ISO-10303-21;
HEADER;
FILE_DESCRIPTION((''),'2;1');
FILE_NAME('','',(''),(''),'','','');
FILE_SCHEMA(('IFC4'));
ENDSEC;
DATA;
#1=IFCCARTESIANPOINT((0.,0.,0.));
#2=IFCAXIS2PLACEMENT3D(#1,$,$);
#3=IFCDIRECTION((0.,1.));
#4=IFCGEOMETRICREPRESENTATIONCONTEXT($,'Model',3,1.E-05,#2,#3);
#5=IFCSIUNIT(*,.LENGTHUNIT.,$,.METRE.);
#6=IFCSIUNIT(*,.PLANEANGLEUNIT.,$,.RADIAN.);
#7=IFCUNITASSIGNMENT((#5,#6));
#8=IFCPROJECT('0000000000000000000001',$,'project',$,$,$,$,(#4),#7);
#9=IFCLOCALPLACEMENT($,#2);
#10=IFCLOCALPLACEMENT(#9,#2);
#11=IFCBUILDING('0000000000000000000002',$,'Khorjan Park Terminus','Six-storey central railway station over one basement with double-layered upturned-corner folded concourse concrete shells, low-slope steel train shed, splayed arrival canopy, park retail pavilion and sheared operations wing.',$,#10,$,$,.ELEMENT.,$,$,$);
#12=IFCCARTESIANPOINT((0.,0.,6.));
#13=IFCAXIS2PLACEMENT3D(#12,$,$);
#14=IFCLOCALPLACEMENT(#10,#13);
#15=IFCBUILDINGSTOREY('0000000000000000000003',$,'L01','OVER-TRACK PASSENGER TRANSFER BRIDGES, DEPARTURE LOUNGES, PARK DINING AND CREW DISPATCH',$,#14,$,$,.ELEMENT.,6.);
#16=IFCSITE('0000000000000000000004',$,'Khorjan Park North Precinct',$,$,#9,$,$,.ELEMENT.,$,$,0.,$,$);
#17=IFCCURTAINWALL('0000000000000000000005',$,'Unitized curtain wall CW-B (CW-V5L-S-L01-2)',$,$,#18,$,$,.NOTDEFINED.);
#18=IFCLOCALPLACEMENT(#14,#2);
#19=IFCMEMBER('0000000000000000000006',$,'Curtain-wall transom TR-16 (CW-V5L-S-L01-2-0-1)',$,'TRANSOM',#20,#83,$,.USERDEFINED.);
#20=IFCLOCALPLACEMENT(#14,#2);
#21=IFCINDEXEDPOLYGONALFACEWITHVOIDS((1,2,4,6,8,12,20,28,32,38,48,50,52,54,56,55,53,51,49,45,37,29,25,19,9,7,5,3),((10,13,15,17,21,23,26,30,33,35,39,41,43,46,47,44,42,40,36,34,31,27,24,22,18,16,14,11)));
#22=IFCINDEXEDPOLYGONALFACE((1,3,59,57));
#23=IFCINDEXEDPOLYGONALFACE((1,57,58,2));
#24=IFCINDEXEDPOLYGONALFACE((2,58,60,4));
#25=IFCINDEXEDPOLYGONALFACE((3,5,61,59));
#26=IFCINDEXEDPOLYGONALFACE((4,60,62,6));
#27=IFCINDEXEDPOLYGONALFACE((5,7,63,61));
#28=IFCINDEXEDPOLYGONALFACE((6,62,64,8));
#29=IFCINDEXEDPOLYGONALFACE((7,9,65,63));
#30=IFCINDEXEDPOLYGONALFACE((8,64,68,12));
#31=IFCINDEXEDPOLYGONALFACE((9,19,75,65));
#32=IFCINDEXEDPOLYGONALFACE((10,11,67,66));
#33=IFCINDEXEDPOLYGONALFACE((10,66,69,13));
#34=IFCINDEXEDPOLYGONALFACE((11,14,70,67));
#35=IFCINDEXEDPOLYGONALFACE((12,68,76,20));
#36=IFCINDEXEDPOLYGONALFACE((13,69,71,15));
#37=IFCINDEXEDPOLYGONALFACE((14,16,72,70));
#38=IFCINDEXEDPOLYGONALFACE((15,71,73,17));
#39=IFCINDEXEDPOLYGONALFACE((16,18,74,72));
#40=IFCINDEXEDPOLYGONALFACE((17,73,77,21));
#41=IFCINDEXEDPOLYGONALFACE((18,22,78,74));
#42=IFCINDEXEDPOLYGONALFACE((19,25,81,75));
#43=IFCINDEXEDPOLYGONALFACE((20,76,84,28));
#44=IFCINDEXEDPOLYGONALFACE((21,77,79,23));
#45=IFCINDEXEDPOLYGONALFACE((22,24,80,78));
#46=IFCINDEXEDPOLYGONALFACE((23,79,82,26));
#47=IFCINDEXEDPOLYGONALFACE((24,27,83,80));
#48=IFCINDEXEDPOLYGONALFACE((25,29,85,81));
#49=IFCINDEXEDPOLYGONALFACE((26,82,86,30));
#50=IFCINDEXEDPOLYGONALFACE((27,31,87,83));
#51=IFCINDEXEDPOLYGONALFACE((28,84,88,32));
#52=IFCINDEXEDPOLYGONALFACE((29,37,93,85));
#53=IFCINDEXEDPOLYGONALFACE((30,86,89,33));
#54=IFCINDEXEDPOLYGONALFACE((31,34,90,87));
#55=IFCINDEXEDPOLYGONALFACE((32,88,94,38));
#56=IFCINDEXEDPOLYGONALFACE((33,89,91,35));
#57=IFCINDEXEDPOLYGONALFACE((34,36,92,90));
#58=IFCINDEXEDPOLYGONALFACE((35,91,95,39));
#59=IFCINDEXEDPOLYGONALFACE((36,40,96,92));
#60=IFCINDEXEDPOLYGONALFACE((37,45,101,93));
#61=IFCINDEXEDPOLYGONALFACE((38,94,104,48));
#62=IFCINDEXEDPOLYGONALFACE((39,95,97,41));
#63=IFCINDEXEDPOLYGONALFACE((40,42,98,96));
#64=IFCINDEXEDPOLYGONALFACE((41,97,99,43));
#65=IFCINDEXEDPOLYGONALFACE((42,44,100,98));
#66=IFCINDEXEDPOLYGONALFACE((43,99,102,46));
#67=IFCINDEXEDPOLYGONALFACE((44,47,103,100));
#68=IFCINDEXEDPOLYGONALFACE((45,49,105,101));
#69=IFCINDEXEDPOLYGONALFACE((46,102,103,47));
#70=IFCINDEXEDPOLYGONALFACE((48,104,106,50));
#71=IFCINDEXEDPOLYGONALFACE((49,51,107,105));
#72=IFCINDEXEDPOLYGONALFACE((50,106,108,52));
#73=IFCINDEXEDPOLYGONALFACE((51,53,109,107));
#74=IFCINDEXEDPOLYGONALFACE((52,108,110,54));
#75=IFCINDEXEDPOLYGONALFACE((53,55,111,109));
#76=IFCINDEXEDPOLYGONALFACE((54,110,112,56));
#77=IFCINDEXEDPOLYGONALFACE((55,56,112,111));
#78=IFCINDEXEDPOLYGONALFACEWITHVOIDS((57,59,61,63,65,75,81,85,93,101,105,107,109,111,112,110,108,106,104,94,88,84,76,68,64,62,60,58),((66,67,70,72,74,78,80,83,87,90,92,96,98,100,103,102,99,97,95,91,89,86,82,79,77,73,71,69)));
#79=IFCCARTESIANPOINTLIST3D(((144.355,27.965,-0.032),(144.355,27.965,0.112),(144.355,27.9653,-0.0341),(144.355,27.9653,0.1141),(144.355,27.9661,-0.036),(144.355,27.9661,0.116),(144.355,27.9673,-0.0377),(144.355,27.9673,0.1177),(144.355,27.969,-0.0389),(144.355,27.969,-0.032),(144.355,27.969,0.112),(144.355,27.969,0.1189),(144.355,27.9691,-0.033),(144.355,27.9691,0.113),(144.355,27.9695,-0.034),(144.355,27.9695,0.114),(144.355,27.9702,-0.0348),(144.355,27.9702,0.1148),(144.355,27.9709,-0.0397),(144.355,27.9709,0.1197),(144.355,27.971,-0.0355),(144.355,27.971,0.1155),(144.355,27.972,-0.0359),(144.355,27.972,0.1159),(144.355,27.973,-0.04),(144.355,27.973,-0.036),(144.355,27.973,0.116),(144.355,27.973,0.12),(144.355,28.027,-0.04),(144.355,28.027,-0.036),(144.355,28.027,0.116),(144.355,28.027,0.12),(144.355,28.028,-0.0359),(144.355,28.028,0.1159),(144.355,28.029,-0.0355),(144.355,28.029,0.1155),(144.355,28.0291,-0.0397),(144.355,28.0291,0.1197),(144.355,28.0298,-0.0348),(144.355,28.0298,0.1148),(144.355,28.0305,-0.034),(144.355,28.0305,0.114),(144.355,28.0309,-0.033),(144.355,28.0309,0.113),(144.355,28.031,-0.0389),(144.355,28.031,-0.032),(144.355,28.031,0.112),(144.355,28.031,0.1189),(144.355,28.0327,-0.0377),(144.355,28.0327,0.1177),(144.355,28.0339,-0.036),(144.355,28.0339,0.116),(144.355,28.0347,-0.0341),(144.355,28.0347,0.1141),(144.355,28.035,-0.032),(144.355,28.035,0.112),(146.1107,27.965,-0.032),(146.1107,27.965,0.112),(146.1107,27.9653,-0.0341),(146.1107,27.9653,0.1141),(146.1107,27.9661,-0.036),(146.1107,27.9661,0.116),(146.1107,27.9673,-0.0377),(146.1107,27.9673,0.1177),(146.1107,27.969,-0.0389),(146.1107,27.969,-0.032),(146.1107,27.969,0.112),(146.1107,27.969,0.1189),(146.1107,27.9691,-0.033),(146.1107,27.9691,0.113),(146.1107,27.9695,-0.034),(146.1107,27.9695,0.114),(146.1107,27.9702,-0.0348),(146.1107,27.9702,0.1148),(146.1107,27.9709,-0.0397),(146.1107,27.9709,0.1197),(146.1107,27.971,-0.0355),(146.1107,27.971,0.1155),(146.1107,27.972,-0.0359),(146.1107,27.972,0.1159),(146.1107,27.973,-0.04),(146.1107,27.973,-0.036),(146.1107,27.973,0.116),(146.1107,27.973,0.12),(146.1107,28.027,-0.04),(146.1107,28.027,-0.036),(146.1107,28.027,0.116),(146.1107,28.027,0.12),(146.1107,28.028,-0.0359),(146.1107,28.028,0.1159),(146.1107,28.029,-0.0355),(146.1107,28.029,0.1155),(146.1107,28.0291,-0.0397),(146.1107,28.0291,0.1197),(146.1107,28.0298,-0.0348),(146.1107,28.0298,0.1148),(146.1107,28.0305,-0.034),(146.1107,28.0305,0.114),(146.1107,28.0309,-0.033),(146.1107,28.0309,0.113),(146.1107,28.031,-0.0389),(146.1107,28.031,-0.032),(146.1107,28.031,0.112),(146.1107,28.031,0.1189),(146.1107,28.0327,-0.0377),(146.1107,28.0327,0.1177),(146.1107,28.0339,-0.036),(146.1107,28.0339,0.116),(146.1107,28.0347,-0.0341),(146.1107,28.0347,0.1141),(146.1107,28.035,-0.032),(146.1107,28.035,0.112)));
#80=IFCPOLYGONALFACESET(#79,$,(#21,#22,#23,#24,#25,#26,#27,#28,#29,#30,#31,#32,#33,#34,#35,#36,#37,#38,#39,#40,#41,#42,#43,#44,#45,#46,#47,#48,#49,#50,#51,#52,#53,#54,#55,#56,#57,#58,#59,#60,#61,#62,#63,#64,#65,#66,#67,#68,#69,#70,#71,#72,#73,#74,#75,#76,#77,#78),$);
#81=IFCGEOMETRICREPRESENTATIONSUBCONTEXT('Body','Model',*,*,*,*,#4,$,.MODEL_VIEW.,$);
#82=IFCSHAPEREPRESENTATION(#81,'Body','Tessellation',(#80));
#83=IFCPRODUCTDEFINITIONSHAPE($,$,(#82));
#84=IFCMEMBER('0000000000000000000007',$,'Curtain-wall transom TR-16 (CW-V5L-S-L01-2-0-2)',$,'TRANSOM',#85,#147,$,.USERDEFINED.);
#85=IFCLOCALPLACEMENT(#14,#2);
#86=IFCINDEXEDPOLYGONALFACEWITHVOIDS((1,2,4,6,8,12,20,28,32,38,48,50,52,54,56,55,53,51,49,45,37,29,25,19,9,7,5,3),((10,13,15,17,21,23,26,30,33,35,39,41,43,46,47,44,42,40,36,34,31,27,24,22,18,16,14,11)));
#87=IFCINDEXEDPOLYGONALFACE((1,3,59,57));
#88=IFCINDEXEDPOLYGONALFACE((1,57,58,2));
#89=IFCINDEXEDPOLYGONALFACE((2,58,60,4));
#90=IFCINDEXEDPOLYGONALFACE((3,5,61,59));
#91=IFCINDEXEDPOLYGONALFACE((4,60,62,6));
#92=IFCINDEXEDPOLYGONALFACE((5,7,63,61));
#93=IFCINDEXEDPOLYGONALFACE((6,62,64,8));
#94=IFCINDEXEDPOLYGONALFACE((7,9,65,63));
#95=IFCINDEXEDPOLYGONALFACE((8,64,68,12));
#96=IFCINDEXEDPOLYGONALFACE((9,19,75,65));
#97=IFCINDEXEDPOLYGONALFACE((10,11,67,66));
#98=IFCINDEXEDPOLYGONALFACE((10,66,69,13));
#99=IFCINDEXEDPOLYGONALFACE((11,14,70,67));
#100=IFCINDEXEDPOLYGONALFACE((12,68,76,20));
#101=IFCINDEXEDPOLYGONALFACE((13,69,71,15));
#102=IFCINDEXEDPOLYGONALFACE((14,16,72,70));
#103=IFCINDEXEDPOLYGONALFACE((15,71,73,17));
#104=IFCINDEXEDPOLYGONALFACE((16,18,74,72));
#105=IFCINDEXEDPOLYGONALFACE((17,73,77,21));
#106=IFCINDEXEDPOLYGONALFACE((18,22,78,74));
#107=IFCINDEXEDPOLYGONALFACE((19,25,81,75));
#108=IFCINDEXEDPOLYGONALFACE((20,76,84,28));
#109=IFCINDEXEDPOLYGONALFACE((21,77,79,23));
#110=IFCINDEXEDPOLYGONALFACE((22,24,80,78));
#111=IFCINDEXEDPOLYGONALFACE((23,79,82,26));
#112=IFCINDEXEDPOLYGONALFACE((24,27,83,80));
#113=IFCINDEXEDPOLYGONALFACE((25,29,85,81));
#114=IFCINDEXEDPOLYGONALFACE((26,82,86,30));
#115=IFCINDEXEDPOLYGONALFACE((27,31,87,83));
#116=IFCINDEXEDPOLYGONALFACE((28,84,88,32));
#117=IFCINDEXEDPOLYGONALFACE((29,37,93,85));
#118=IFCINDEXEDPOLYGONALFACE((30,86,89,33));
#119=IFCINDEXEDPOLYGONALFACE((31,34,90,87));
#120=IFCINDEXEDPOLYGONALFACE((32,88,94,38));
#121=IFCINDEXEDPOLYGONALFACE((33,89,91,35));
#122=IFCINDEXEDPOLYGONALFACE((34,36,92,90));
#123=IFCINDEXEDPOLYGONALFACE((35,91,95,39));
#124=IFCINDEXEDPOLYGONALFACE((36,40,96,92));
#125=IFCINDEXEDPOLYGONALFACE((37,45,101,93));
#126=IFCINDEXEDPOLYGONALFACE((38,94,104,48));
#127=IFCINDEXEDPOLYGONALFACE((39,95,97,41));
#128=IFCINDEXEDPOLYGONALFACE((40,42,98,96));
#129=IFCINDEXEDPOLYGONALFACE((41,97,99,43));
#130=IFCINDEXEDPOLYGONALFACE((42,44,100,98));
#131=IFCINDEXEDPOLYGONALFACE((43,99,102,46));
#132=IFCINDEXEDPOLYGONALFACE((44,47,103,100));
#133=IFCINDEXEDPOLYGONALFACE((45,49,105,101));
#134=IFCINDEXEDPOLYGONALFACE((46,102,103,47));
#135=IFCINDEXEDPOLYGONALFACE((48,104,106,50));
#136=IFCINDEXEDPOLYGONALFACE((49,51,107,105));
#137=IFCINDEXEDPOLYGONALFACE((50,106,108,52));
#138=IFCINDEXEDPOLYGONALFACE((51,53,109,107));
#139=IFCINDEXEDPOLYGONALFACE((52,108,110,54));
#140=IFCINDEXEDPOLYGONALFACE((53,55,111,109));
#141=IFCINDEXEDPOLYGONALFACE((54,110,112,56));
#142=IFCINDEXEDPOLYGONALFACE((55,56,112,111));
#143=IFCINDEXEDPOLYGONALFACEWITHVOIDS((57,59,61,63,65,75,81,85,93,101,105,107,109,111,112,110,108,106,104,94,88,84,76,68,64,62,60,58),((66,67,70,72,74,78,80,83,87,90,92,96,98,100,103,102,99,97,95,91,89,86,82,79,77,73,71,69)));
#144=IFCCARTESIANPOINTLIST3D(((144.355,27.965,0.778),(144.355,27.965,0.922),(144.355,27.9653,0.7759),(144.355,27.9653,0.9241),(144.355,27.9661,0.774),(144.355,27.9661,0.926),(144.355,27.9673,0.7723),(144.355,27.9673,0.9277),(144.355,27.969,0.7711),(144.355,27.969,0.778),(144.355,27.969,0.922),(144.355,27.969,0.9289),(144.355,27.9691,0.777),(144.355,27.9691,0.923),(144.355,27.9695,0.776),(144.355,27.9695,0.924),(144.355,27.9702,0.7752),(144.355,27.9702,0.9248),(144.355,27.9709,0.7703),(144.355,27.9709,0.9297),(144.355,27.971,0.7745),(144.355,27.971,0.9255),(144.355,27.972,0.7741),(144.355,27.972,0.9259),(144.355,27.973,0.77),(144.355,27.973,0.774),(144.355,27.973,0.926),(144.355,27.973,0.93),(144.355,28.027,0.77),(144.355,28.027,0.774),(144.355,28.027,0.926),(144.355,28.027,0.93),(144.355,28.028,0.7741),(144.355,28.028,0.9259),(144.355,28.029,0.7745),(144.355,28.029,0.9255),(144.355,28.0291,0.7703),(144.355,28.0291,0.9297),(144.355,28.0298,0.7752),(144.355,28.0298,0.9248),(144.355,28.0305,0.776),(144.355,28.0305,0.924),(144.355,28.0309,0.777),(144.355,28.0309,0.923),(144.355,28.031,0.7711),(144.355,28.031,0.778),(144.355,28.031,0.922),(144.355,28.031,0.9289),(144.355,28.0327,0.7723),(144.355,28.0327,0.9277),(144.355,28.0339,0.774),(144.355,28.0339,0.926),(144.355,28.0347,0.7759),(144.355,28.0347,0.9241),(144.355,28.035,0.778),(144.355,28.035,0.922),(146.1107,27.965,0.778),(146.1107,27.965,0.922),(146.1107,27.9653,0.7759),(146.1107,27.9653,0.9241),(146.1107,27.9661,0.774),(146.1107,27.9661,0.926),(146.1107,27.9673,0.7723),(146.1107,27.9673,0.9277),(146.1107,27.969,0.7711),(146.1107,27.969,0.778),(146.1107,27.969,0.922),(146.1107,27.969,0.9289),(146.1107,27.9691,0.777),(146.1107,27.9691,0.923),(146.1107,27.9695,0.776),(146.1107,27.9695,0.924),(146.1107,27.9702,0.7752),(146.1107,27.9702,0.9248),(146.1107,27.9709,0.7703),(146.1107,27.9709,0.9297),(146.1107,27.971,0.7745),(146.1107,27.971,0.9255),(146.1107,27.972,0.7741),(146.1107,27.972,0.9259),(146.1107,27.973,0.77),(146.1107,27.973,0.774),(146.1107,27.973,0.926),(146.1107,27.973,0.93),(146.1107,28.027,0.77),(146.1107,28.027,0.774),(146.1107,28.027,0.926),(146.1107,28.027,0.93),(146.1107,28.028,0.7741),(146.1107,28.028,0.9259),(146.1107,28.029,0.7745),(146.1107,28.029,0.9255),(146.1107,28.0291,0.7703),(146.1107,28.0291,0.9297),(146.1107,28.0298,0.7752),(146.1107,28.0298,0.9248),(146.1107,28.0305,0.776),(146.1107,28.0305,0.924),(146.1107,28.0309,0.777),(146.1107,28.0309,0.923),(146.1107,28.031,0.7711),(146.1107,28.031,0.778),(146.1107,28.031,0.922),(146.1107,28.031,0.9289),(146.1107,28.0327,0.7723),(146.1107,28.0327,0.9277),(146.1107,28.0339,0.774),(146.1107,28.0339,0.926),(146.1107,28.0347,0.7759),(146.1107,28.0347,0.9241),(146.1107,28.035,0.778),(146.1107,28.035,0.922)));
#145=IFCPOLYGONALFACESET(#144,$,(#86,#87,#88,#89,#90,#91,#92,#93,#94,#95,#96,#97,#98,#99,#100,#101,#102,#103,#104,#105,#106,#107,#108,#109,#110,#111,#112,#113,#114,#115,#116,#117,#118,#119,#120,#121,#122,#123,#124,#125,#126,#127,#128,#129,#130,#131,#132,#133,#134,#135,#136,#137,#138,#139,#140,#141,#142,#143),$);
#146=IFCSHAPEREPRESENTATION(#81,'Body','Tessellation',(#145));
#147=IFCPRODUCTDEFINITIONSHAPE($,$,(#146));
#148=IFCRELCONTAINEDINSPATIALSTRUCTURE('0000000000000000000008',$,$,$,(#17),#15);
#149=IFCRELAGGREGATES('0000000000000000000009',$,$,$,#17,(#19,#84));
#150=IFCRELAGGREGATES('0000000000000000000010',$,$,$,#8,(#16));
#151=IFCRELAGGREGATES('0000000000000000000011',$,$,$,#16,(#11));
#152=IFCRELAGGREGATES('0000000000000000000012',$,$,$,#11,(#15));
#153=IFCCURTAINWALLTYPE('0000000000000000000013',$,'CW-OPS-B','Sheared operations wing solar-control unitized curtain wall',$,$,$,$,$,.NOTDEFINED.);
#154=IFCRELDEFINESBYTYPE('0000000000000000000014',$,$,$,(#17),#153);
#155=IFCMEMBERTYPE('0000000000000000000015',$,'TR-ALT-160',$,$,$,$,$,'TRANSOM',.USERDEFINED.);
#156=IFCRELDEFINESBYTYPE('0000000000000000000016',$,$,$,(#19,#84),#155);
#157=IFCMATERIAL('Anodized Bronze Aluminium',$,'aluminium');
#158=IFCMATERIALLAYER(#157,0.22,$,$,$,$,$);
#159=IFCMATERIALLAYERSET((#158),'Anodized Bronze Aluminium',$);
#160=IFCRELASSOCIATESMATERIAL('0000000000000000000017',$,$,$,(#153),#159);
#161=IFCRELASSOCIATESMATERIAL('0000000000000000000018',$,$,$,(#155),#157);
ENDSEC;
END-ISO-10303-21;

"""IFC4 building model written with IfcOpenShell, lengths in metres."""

from ifc_helpers import new_model, si_unit, direction, frame, origin, origin_2d, place, context, subcontext, project, spatial, hollow_rectangle, extrude, material, layer, layer_set, material_profile, profile_set, type_object, element, aggregate, save


model = new_model("IFC4")

# Units and contexts
model_context = context("Model", 3, precision=1e-05, world=origin(), true_north=direction((0.0, 1.0)))
body_context = subcontext(model_context, "Body", "Model", "MODEL_VIEW")
ifc_project = project(units=[si_unit("LENGTHUNIT", "METRE"), si_unit("PLANEANGLEUNIT", "RADIAN")], contexts=[model_context])

# Site, building, storey
site_placement = place(None, origin())
site = spatial("IfcSite", under=ifc_project, at=site_placement, Name="Khorjan Park North Precinct", CompositionType="ELEMENT", RefElevation=0.0)
building_placement = place(site_placement, origin())
building = spatial("IfcBuilding", under=site, at=building_placement, Name="Khorjan Park Terminus", Description="Six-storey central railway station over one basement with double-layered upturned-corner folded concourse concrete shells, low-slope steel train shed, splayed arrival canopy, park retail pavilion and sheared operations wing.", CompositionType="ELEMENT")
storey_placement = place(building_placement, frame((0.0, 0.0, 6.0)))
storey = spatial("IfcBuildingStorey", under=building, at=storey_placement, Name="L01", Description="OVER-TRACK PASSENGER TRANSFER BRIDGES, DEPARTURE LOUNGES, PARK DINING AND CREW DISPATCH", CompositionType="ELEMENT", Elevation=6.0)

# Curtain wall
ifc_material_1 = material(Name="Anodized Bronze Aluminium", Category="aluminium")
ifc_layer_1 = layer(ifc_material_1, 0.22)
ifc_layer_set_1 = layer_set([ifc_layer_1], Name="Anodized Bronze Aluminium")
curtain_wall_type = type_object("IfcCurtainWallType", Name="CW-OPS-B", Description="Sheared operations wing solar-control unitized curtain wall", PredefinedType="NOTDEFINED", material=ifc_layer_set_1)
curtain_wall_1_placement = place(storey_placement, origin())
curtain_wall_1 = element("IfcCurtainWall", 1, at=curtain_wall_1_placement, inside=storey, type_object=curtain_wall_type, Name="Unitized curtain wall CW-B (CW-V5L-S-L01-2)", PredefinedType="NOTDEFINED")

# Members
ifc_material_profile_1 = material_profile(ifc_material_1, hollow_rectangle(XDim=0.07, YDim=0.16, WallThickness=0.004, InnerFilletRadius=0.004, OuterFilletRadius=0.008, at=origin_2d()), Name="ALT 70x160x4")
ifc_profile_set_1 = profile_set([ifc_material_profile_1], Name="Anodized Bronze Aluminium")
member_type_1 = type_object("IfcMemberType", Name="TR-ALT-160", ElementType="TRANSOM", PredefinedType="USERDEFINED", material=ifc_profile_set_1)
member_1_placement = place(storey_placement, frame((144.355, 28.0, 0.04), z_axis=(1.0, 0.0, 0.0), x_axis=(0.0, 1.0, 0.0)))
member_1 = element("IfcMember", 2, at=member_1_placement, type_object=member_type_1, Name="Curtain-wall transom TR-16 (CW-V5L-S-L01-2-0-1)", ObjectType="TRANSOM", PredefinedType="USERDEFINED", context=body_context, shape_type="SweptSolid", body=[
    extrude(hollow_rectangle(XDim=0.07, YDim=0.16, WallThickness=0.004, InnerFilletRadius=0.004, OuterFilletRadius=0.008, at=origin_2d()), origin(), (0.0, 0.0, 1.0), 1.7557),
])
member_2_placement = place(storey_placement, frame((144.355, 28.0, 0.85), z_axis=(1.0, 0.0, 0.0), x_axis=(0.0, 1.0, 0.0)))
member_2 = element("IfcMember", 3, at=member_2_placement, type_object=member_type_1, Name="Curtain-wall transom TR-16 (CW-V5L-S-L01-2-0-2)", ObjectType="TRANSOM", PredefinedType="USERDEFINED", context=body_context, shape_type="SweptSolid", body=[
    extrude(hollow_rectangle(XDim=0.07, YDim=0.16, WallThickness=0.004, InnerFilletRadius=0.004, OuterFilletRadius=0.008, at=origin_2d()), origin(), (0.0, 0.0, 1.0), 1.7557),
])

aggregate(curtain_wall_1, [member_1, member_2])

save(model, "model.ifc")
